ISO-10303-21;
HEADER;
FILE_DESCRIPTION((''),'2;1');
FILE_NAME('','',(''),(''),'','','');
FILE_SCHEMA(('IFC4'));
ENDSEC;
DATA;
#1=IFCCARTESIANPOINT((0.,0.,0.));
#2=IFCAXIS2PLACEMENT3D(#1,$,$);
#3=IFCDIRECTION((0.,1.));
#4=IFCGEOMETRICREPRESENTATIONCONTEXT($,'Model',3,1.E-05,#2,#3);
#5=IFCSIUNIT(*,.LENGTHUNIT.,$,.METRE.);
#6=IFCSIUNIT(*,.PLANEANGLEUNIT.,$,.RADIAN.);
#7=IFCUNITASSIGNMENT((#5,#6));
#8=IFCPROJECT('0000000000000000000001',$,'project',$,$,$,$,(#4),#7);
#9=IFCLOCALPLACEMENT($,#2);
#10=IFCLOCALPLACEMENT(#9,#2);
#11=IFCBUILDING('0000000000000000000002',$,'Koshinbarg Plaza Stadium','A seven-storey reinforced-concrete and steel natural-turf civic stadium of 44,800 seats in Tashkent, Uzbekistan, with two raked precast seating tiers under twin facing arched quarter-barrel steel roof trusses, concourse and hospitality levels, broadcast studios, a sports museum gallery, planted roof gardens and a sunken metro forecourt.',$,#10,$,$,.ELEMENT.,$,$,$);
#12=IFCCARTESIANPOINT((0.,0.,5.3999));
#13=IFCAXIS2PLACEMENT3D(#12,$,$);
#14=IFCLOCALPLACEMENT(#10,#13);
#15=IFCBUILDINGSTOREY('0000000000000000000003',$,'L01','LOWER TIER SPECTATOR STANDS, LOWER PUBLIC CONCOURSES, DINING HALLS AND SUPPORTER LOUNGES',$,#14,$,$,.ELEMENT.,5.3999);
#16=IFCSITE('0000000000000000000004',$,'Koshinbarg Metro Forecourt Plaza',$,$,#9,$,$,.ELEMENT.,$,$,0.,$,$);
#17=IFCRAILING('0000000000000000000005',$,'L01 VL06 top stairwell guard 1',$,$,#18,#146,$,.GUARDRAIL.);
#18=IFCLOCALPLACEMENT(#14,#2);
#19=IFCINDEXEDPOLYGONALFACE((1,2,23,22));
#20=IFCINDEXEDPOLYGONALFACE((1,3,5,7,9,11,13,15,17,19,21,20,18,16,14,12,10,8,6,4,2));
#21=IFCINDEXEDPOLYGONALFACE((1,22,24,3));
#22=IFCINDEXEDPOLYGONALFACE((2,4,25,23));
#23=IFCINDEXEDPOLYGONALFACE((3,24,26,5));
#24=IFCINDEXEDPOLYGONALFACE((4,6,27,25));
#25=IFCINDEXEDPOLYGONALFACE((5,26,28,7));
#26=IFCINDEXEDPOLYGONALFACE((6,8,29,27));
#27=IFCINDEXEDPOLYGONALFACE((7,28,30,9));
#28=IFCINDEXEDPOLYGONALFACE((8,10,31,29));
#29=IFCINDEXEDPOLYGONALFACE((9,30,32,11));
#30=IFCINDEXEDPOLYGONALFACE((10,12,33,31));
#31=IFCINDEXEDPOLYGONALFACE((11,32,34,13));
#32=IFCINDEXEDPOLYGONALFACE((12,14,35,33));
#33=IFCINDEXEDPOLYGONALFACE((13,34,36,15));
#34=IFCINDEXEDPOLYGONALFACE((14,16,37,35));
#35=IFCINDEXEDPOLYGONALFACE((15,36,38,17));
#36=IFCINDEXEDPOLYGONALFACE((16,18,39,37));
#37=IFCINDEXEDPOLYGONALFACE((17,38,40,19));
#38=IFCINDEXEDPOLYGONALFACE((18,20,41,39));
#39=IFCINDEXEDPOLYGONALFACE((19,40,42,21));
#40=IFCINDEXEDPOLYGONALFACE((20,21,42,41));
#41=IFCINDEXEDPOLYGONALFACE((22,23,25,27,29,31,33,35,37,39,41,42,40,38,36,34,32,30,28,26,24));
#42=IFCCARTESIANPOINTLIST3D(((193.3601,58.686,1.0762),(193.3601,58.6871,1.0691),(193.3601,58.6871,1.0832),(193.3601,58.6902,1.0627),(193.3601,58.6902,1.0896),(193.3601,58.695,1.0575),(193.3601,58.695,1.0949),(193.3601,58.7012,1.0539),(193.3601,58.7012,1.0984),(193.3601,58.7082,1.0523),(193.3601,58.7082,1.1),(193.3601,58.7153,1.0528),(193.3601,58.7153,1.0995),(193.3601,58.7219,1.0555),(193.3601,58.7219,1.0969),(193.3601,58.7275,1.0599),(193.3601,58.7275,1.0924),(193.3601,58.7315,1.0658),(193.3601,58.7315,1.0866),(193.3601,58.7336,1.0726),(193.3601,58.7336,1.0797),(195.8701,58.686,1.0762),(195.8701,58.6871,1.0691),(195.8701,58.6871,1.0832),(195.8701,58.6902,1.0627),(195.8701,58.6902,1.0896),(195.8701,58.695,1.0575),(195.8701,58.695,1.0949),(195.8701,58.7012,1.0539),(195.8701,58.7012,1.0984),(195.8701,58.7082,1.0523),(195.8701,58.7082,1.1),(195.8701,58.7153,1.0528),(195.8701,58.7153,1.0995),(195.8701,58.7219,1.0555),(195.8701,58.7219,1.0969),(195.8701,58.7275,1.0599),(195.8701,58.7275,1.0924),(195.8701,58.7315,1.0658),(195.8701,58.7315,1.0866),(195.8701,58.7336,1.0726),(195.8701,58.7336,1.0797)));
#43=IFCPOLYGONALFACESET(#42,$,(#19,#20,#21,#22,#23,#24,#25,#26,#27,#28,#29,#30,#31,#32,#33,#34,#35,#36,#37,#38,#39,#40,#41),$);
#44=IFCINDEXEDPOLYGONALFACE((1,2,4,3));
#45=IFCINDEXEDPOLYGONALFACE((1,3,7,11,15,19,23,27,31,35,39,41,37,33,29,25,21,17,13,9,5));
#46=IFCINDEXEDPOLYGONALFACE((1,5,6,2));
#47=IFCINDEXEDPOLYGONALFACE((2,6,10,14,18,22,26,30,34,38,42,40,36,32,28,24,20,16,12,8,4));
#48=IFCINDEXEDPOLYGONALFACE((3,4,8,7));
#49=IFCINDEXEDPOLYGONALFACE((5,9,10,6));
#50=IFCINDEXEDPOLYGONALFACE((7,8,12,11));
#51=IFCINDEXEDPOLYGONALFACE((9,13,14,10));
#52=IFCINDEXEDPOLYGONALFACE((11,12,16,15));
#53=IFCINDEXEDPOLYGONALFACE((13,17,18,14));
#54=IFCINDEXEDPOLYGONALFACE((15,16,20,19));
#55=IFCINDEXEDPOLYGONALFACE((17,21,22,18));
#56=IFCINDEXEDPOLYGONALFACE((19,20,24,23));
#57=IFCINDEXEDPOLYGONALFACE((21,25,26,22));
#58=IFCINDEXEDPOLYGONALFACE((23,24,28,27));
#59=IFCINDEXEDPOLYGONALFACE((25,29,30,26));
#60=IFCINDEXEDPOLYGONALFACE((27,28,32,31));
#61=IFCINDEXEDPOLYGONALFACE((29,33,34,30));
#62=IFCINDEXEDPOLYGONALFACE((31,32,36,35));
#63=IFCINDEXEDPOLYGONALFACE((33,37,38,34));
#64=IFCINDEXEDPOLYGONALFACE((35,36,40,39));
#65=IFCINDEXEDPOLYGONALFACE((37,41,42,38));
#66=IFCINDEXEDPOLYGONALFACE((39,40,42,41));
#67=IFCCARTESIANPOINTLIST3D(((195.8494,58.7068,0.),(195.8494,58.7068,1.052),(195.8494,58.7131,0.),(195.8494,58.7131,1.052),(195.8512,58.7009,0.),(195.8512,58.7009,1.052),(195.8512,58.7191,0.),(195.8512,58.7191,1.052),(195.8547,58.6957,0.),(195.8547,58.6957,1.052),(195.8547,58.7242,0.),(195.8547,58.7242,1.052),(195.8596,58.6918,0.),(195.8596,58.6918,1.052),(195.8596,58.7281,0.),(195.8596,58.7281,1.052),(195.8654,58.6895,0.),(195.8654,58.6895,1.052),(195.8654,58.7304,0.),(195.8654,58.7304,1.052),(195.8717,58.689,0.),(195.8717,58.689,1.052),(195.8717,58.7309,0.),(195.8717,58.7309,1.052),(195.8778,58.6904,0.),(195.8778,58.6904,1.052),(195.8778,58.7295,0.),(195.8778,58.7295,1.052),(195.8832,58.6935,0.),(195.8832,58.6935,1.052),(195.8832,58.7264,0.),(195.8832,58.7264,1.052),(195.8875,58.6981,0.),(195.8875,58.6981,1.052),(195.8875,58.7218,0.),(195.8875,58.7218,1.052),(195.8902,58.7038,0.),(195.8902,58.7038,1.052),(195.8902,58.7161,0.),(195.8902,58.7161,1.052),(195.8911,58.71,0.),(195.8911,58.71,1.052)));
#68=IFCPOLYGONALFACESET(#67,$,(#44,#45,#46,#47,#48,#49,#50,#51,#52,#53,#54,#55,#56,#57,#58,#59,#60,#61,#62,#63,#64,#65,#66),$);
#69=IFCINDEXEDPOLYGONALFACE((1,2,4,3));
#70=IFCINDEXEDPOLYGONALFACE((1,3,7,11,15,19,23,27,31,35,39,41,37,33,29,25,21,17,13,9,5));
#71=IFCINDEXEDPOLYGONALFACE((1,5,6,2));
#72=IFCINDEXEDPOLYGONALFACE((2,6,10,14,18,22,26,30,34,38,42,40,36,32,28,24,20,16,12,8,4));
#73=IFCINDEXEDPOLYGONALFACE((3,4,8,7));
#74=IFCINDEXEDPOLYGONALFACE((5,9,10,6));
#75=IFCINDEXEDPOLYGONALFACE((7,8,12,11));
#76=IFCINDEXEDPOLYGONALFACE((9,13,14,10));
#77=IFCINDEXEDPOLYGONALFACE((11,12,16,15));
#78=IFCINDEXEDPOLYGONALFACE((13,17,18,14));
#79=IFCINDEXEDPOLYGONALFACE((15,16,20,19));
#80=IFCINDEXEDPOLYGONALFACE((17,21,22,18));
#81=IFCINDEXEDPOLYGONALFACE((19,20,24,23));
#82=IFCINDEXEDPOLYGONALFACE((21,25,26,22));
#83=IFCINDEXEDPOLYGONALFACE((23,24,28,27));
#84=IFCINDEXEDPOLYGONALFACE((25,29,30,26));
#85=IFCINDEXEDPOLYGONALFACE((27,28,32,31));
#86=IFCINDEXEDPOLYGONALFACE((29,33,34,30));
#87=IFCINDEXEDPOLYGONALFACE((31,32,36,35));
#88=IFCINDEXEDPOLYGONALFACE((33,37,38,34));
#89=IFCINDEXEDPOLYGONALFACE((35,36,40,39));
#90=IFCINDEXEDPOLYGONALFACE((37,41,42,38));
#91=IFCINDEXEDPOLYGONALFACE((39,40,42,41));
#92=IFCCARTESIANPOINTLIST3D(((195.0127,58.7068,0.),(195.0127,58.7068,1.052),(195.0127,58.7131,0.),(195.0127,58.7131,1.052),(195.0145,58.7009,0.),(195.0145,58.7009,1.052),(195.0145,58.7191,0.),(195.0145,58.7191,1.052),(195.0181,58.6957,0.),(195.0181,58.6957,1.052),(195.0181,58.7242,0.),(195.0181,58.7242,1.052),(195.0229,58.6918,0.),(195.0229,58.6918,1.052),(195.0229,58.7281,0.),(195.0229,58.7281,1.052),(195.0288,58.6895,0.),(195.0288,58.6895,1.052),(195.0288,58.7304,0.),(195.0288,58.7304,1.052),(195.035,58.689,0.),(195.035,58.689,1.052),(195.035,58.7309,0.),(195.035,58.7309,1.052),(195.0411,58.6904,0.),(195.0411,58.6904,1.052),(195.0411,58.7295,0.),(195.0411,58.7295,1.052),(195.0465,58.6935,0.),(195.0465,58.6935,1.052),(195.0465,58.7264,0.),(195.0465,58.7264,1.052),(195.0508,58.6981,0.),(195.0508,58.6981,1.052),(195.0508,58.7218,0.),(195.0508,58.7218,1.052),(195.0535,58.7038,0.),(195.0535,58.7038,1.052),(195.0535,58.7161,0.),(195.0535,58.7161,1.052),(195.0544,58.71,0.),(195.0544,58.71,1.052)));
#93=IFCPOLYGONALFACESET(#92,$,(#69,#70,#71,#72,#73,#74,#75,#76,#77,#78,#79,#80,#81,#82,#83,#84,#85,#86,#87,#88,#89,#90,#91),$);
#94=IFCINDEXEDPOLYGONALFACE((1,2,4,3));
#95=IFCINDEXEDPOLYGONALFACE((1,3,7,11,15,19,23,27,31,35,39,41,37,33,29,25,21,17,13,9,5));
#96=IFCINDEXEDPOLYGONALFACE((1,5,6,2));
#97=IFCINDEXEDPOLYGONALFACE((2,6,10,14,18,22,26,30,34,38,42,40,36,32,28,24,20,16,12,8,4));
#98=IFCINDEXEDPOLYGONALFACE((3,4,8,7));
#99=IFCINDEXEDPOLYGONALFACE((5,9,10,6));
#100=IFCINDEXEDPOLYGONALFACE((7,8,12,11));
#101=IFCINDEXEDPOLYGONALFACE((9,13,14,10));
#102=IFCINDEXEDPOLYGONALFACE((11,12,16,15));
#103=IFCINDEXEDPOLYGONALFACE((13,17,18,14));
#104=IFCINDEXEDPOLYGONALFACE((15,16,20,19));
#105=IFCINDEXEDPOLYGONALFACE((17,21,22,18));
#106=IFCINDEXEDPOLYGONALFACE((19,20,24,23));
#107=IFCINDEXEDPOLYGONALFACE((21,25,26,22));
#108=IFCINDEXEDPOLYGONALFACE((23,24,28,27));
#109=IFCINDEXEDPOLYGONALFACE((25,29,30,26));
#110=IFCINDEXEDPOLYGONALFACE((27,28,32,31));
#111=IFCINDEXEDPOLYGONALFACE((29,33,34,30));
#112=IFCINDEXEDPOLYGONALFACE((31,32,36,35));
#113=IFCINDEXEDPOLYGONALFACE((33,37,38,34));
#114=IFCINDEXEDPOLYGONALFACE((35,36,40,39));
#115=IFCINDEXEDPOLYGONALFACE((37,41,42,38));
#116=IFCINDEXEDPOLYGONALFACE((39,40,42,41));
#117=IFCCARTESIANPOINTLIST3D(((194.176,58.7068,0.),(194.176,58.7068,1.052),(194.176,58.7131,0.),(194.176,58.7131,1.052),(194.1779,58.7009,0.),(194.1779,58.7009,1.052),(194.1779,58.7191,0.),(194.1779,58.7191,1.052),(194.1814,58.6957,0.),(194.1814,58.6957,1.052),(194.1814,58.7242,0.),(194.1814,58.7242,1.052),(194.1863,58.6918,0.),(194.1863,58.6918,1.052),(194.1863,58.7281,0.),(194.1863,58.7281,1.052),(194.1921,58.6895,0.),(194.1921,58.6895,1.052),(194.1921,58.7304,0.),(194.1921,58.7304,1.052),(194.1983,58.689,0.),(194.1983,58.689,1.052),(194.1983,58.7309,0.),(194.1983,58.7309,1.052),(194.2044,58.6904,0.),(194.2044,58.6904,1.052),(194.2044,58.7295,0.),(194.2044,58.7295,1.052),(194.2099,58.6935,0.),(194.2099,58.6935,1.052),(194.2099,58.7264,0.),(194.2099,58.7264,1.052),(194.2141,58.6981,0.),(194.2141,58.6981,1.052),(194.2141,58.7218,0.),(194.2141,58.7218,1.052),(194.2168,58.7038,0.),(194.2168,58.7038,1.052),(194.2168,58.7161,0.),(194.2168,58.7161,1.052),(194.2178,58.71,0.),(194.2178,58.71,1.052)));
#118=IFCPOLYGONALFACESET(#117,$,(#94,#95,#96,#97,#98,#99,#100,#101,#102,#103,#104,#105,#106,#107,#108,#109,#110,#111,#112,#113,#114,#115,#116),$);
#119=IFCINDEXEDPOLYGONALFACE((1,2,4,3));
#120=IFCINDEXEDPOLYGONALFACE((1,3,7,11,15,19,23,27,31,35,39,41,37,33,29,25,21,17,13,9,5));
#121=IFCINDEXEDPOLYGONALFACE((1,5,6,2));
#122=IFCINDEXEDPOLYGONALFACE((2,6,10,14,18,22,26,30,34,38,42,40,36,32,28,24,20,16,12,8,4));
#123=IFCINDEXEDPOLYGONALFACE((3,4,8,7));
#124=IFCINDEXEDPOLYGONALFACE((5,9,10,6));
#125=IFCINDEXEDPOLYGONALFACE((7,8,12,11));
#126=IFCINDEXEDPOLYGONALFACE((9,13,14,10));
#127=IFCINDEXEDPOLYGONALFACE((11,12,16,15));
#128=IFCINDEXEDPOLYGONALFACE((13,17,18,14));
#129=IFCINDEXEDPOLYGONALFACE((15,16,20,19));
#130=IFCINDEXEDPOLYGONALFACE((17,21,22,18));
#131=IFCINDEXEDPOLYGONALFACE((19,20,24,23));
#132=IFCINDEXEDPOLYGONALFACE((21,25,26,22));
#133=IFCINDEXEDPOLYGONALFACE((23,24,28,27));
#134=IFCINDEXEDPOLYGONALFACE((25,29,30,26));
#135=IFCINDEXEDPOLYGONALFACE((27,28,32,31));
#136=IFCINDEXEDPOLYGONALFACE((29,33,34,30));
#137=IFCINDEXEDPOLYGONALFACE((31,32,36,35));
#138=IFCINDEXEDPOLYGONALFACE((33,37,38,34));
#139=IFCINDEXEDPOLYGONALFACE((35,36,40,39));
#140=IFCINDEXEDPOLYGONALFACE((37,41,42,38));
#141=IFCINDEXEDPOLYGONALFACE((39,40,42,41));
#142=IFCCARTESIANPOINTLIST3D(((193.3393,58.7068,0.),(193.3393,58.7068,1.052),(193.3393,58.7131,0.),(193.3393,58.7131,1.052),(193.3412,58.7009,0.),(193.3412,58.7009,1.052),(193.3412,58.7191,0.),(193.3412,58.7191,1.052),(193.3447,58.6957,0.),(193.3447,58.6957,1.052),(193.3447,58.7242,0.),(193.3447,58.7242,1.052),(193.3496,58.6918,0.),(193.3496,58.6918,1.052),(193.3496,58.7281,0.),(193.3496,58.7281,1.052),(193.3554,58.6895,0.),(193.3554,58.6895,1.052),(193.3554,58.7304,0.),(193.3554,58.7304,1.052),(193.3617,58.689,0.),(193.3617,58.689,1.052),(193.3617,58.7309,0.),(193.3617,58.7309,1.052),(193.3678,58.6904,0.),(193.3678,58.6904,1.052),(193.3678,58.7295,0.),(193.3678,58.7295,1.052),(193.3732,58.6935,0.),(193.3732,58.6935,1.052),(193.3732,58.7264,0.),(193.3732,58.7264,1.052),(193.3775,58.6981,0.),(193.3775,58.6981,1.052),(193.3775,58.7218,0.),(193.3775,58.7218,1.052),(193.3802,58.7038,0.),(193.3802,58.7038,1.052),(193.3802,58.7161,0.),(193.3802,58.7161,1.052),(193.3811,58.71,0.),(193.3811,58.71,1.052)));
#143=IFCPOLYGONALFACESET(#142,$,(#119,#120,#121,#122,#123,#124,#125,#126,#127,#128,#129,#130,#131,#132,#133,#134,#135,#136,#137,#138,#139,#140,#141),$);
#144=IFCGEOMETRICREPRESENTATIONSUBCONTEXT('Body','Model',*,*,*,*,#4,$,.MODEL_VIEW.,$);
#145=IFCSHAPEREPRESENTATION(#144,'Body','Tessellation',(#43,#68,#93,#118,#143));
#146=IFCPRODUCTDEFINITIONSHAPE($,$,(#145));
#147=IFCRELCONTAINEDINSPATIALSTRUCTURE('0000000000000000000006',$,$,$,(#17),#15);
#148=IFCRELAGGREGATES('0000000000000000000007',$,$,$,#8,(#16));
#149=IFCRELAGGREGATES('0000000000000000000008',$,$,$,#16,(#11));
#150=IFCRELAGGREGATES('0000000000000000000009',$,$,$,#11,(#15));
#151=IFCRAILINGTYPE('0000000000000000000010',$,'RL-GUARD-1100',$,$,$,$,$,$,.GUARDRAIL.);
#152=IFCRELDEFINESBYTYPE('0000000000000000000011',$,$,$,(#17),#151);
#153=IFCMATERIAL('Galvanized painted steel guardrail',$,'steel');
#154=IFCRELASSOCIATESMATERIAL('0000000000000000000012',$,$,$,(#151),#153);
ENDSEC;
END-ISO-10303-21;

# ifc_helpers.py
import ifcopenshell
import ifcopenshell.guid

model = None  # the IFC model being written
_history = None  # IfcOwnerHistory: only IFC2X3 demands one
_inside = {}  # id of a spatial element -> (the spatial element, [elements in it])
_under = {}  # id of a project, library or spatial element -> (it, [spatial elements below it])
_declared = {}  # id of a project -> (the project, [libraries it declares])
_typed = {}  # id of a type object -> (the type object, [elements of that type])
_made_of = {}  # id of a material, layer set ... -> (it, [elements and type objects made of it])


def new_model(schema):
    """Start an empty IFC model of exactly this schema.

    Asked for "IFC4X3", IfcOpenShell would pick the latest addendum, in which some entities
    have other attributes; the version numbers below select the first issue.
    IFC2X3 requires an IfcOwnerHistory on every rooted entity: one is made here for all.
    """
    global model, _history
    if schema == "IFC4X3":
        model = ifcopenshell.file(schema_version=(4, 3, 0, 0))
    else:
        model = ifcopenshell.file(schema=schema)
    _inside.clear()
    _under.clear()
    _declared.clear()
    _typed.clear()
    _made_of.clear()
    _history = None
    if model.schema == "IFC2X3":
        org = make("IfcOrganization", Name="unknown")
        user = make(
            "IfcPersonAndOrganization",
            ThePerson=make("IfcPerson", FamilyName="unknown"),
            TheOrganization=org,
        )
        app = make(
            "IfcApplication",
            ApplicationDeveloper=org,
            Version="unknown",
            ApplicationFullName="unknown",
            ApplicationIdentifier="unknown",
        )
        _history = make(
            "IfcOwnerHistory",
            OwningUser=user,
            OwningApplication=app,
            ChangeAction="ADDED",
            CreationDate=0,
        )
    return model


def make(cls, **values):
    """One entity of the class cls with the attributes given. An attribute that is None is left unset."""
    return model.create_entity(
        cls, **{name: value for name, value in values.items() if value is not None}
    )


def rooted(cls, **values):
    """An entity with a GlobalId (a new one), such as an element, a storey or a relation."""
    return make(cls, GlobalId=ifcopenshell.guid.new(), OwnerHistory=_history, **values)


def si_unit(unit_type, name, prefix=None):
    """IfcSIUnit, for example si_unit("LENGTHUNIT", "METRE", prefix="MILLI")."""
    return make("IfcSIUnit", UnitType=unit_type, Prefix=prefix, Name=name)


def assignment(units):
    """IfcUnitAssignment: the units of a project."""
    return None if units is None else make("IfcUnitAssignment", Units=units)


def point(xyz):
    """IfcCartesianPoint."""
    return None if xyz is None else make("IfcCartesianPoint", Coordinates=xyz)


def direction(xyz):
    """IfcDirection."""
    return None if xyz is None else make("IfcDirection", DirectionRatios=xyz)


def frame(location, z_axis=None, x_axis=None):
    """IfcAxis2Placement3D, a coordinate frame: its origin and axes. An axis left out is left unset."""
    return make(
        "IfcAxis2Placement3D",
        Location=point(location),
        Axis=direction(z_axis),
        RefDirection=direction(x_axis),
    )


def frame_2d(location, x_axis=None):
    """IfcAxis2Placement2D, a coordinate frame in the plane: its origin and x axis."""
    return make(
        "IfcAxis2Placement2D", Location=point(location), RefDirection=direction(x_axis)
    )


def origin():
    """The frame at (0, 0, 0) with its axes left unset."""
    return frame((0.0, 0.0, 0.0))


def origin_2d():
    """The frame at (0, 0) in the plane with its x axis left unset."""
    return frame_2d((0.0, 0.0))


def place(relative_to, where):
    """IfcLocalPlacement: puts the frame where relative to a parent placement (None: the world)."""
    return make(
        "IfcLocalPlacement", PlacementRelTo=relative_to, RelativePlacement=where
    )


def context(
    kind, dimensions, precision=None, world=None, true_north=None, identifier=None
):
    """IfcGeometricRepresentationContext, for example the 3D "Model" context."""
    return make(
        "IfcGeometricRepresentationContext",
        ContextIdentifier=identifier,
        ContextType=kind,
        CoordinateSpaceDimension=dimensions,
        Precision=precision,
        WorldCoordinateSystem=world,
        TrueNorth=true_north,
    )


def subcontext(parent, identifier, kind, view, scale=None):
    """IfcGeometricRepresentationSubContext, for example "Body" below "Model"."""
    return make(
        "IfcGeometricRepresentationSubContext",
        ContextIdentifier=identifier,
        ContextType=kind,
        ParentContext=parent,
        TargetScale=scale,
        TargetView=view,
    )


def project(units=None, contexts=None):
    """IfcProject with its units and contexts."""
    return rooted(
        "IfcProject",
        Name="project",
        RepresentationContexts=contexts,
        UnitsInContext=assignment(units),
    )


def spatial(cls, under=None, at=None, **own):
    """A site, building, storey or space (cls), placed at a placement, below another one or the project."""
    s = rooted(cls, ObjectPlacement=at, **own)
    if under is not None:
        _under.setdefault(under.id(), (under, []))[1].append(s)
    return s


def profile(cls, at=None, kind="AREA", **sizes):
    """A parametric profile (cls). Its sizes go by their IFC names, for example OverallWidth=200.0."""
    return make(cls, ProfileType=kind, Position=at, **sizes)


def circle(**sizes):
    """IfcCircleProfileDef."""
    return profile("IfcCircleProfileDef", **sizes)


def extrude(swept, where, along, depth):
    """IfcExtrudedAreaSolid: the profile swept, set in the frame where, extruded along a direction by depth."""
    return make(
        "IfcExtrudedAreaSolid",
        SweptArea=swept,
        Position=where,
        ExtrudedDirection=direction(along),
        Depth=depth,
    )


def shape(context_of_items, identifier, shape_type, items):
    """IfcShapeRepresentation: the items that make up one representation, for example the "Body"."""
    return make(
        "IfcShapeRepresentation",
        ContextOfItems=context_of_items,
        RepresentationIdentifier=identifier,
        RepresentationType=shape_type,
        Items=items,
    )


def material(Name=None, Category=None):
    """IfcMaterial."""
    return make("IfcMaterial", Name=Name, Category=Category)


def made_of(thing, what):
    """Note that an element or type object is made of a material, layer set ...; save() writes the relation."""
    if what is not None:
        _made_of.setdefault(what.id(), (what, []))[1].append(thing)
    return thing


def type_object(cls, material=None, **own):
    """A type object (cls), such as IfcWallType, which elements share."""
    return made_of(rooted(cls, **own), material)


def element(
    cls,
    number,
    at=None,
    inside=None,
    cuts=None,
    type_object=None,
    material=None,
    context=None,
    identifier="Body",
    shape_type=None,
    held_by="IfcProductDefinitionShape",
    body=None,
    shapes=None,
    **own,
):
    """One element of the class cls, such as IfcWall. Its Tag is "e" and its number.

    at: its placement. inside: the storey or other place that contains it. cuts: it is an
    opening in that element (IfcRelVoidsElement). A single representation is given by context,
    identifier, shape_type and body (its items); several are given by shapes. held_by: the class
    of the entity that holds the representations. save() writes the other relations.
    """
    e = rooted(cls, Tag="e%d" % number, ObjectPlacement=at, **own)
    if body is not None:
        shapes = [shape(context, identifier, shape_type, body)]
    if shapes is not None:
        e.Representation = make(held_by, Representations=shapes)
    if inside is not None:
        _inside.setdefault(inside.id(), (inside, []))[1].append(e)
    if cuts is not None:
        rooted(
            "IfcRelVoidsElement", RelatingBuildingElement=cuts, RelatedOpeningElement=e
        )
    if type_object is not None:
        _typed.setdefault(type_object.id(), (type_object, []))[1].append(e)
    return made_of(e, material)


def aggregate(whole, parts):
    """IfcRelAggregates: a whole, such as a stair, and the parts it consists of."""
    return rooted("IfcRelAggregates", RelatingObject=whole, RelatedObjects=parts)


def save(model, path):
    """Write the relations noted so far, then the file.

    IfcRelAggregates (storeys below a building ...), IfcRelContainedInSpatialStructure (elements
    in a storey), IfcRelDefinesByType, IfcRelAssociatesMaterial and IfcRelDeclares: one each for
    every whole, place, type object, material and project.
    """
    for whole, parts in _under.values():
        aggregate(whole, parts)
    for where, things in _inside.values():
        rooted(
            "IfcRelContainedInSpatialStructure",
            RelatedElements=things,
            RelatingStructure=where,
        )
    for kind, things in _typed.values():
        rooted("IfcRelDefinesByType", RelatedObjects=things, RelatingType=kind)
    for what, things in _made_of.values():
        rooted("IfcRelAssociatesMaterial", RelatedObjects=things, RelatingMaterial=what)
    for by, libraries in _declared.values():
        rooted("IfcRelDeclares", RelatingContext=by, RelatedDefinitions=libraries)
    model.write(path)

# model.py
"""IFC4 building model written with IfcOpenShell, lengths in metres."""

from ifc_helpers import new_model, si_unit, direction, frame, origin, origin_2d, place, context, subcontext, project, spatial, circle, extrude, material, type_object, element, save


model = new_model("IFC4")

# Units and contexts
model_context = context("Model", 3, precision=1e-05, world=origin(), true_north=direction((0.0, 1.0)))
body_context = subcontext(model_context, "Body", "Model", "MODEL_VIEW")
ifc_project = project(units=[si_unit("LENGTHUNIT", "METRE"), si_unit("PLANEANGLEUNIT", "RADIAN")], contexts=[model_context])

# Site, building, storey
site_placement = place(None, origin())
site = spatial("IfcSite", under=ifc_project, at=site_placement, Name="Koshinbarg Metro Forecourt Plaza", CompositionType="ELEMENT", RefElevation=0.0)
building_placement = place(site_placement, origin())
building = spatial("IfcBuilding", under=site, at=building_placement, Name="Koshinbarg Plaza Stadium", Description="A seven-storey reinforced-concrete and steel natural-turf civic stadium of 44,800 seats in Tashkent, Uzbekistan, with two raked precast seating tiers under twin facing arched quarter-barrel steel roof trusses, concourse and hospitality levels, broadcast studios, a sports museum gallery, planted roof gardens and a sunken metro forecourt.", CompositionType="ELEMENT")
storey_placement = place(building_placement, frame((0.0, 0.0, 5.3999)))
storey = spatial("IfcBuildingStorey", under=building, at=storey_placement, Name="L01", Description="LOWER TIER SPECTATOR STANDS, LOWER PUBLIC CONCOURSES, DINING HALLS AND SUPPORTER LOUNGES", CompositionType="ELEMENT", Elevation=5.3999)

# Railing
ifc_material_1 = material(Name="Galvanized painted steel guardrail", Category="steel")
railing_type_1 = type_object("IfcRailingType", Name="RL-GUARD-1100", PredefinedType="GUARDRAIL", material=ifc_material_1)
railing_1_placement = place(storey_placement, frame((195.8701, 58.71, 0.0)))
element("IfcRailing", 1, at=railing_1_placement, inside=storey, type_object=railing_type_1, Name="L01 VL06 top stairwell guard 1", PredefinedType="GUARDRAIL", context=body_context, shape_type="SweptSolid", body=[
    extrude(circle(Radius=0.0239, at=origin_2d()), frame((0.0, 0.0, 1.0762), z_axis=(-1.0, 0.0, 0.0), x_axis=(0.0, -1.0, 0.0)), (0.0, 0.0, 1.0), 2.51),
    extrude(circle(Radius=0.021, at=origin_2d()), origin(), (0.0, 0.0, 1.0), 1.052),
    extrude(circle(Radius=0.021, at=origin_2d()), frame((-0.8367, 0.0, 0.0)), (0.0, 0.0, 1.0), 1.052),
    extrude(circle(Radius=0.021, at=origin_2d()), frame((-1.6733, 0.0, 0.0)), (0.0, 0.0, 1.0), 1.052),
    extrude(circle(Radius=0.021, at=origin_2d()), frame((-2.51, 0.0, 0.0)), (0.0, 0.0, 1.0), 1.052),
])

save(model, "model.ifc")
